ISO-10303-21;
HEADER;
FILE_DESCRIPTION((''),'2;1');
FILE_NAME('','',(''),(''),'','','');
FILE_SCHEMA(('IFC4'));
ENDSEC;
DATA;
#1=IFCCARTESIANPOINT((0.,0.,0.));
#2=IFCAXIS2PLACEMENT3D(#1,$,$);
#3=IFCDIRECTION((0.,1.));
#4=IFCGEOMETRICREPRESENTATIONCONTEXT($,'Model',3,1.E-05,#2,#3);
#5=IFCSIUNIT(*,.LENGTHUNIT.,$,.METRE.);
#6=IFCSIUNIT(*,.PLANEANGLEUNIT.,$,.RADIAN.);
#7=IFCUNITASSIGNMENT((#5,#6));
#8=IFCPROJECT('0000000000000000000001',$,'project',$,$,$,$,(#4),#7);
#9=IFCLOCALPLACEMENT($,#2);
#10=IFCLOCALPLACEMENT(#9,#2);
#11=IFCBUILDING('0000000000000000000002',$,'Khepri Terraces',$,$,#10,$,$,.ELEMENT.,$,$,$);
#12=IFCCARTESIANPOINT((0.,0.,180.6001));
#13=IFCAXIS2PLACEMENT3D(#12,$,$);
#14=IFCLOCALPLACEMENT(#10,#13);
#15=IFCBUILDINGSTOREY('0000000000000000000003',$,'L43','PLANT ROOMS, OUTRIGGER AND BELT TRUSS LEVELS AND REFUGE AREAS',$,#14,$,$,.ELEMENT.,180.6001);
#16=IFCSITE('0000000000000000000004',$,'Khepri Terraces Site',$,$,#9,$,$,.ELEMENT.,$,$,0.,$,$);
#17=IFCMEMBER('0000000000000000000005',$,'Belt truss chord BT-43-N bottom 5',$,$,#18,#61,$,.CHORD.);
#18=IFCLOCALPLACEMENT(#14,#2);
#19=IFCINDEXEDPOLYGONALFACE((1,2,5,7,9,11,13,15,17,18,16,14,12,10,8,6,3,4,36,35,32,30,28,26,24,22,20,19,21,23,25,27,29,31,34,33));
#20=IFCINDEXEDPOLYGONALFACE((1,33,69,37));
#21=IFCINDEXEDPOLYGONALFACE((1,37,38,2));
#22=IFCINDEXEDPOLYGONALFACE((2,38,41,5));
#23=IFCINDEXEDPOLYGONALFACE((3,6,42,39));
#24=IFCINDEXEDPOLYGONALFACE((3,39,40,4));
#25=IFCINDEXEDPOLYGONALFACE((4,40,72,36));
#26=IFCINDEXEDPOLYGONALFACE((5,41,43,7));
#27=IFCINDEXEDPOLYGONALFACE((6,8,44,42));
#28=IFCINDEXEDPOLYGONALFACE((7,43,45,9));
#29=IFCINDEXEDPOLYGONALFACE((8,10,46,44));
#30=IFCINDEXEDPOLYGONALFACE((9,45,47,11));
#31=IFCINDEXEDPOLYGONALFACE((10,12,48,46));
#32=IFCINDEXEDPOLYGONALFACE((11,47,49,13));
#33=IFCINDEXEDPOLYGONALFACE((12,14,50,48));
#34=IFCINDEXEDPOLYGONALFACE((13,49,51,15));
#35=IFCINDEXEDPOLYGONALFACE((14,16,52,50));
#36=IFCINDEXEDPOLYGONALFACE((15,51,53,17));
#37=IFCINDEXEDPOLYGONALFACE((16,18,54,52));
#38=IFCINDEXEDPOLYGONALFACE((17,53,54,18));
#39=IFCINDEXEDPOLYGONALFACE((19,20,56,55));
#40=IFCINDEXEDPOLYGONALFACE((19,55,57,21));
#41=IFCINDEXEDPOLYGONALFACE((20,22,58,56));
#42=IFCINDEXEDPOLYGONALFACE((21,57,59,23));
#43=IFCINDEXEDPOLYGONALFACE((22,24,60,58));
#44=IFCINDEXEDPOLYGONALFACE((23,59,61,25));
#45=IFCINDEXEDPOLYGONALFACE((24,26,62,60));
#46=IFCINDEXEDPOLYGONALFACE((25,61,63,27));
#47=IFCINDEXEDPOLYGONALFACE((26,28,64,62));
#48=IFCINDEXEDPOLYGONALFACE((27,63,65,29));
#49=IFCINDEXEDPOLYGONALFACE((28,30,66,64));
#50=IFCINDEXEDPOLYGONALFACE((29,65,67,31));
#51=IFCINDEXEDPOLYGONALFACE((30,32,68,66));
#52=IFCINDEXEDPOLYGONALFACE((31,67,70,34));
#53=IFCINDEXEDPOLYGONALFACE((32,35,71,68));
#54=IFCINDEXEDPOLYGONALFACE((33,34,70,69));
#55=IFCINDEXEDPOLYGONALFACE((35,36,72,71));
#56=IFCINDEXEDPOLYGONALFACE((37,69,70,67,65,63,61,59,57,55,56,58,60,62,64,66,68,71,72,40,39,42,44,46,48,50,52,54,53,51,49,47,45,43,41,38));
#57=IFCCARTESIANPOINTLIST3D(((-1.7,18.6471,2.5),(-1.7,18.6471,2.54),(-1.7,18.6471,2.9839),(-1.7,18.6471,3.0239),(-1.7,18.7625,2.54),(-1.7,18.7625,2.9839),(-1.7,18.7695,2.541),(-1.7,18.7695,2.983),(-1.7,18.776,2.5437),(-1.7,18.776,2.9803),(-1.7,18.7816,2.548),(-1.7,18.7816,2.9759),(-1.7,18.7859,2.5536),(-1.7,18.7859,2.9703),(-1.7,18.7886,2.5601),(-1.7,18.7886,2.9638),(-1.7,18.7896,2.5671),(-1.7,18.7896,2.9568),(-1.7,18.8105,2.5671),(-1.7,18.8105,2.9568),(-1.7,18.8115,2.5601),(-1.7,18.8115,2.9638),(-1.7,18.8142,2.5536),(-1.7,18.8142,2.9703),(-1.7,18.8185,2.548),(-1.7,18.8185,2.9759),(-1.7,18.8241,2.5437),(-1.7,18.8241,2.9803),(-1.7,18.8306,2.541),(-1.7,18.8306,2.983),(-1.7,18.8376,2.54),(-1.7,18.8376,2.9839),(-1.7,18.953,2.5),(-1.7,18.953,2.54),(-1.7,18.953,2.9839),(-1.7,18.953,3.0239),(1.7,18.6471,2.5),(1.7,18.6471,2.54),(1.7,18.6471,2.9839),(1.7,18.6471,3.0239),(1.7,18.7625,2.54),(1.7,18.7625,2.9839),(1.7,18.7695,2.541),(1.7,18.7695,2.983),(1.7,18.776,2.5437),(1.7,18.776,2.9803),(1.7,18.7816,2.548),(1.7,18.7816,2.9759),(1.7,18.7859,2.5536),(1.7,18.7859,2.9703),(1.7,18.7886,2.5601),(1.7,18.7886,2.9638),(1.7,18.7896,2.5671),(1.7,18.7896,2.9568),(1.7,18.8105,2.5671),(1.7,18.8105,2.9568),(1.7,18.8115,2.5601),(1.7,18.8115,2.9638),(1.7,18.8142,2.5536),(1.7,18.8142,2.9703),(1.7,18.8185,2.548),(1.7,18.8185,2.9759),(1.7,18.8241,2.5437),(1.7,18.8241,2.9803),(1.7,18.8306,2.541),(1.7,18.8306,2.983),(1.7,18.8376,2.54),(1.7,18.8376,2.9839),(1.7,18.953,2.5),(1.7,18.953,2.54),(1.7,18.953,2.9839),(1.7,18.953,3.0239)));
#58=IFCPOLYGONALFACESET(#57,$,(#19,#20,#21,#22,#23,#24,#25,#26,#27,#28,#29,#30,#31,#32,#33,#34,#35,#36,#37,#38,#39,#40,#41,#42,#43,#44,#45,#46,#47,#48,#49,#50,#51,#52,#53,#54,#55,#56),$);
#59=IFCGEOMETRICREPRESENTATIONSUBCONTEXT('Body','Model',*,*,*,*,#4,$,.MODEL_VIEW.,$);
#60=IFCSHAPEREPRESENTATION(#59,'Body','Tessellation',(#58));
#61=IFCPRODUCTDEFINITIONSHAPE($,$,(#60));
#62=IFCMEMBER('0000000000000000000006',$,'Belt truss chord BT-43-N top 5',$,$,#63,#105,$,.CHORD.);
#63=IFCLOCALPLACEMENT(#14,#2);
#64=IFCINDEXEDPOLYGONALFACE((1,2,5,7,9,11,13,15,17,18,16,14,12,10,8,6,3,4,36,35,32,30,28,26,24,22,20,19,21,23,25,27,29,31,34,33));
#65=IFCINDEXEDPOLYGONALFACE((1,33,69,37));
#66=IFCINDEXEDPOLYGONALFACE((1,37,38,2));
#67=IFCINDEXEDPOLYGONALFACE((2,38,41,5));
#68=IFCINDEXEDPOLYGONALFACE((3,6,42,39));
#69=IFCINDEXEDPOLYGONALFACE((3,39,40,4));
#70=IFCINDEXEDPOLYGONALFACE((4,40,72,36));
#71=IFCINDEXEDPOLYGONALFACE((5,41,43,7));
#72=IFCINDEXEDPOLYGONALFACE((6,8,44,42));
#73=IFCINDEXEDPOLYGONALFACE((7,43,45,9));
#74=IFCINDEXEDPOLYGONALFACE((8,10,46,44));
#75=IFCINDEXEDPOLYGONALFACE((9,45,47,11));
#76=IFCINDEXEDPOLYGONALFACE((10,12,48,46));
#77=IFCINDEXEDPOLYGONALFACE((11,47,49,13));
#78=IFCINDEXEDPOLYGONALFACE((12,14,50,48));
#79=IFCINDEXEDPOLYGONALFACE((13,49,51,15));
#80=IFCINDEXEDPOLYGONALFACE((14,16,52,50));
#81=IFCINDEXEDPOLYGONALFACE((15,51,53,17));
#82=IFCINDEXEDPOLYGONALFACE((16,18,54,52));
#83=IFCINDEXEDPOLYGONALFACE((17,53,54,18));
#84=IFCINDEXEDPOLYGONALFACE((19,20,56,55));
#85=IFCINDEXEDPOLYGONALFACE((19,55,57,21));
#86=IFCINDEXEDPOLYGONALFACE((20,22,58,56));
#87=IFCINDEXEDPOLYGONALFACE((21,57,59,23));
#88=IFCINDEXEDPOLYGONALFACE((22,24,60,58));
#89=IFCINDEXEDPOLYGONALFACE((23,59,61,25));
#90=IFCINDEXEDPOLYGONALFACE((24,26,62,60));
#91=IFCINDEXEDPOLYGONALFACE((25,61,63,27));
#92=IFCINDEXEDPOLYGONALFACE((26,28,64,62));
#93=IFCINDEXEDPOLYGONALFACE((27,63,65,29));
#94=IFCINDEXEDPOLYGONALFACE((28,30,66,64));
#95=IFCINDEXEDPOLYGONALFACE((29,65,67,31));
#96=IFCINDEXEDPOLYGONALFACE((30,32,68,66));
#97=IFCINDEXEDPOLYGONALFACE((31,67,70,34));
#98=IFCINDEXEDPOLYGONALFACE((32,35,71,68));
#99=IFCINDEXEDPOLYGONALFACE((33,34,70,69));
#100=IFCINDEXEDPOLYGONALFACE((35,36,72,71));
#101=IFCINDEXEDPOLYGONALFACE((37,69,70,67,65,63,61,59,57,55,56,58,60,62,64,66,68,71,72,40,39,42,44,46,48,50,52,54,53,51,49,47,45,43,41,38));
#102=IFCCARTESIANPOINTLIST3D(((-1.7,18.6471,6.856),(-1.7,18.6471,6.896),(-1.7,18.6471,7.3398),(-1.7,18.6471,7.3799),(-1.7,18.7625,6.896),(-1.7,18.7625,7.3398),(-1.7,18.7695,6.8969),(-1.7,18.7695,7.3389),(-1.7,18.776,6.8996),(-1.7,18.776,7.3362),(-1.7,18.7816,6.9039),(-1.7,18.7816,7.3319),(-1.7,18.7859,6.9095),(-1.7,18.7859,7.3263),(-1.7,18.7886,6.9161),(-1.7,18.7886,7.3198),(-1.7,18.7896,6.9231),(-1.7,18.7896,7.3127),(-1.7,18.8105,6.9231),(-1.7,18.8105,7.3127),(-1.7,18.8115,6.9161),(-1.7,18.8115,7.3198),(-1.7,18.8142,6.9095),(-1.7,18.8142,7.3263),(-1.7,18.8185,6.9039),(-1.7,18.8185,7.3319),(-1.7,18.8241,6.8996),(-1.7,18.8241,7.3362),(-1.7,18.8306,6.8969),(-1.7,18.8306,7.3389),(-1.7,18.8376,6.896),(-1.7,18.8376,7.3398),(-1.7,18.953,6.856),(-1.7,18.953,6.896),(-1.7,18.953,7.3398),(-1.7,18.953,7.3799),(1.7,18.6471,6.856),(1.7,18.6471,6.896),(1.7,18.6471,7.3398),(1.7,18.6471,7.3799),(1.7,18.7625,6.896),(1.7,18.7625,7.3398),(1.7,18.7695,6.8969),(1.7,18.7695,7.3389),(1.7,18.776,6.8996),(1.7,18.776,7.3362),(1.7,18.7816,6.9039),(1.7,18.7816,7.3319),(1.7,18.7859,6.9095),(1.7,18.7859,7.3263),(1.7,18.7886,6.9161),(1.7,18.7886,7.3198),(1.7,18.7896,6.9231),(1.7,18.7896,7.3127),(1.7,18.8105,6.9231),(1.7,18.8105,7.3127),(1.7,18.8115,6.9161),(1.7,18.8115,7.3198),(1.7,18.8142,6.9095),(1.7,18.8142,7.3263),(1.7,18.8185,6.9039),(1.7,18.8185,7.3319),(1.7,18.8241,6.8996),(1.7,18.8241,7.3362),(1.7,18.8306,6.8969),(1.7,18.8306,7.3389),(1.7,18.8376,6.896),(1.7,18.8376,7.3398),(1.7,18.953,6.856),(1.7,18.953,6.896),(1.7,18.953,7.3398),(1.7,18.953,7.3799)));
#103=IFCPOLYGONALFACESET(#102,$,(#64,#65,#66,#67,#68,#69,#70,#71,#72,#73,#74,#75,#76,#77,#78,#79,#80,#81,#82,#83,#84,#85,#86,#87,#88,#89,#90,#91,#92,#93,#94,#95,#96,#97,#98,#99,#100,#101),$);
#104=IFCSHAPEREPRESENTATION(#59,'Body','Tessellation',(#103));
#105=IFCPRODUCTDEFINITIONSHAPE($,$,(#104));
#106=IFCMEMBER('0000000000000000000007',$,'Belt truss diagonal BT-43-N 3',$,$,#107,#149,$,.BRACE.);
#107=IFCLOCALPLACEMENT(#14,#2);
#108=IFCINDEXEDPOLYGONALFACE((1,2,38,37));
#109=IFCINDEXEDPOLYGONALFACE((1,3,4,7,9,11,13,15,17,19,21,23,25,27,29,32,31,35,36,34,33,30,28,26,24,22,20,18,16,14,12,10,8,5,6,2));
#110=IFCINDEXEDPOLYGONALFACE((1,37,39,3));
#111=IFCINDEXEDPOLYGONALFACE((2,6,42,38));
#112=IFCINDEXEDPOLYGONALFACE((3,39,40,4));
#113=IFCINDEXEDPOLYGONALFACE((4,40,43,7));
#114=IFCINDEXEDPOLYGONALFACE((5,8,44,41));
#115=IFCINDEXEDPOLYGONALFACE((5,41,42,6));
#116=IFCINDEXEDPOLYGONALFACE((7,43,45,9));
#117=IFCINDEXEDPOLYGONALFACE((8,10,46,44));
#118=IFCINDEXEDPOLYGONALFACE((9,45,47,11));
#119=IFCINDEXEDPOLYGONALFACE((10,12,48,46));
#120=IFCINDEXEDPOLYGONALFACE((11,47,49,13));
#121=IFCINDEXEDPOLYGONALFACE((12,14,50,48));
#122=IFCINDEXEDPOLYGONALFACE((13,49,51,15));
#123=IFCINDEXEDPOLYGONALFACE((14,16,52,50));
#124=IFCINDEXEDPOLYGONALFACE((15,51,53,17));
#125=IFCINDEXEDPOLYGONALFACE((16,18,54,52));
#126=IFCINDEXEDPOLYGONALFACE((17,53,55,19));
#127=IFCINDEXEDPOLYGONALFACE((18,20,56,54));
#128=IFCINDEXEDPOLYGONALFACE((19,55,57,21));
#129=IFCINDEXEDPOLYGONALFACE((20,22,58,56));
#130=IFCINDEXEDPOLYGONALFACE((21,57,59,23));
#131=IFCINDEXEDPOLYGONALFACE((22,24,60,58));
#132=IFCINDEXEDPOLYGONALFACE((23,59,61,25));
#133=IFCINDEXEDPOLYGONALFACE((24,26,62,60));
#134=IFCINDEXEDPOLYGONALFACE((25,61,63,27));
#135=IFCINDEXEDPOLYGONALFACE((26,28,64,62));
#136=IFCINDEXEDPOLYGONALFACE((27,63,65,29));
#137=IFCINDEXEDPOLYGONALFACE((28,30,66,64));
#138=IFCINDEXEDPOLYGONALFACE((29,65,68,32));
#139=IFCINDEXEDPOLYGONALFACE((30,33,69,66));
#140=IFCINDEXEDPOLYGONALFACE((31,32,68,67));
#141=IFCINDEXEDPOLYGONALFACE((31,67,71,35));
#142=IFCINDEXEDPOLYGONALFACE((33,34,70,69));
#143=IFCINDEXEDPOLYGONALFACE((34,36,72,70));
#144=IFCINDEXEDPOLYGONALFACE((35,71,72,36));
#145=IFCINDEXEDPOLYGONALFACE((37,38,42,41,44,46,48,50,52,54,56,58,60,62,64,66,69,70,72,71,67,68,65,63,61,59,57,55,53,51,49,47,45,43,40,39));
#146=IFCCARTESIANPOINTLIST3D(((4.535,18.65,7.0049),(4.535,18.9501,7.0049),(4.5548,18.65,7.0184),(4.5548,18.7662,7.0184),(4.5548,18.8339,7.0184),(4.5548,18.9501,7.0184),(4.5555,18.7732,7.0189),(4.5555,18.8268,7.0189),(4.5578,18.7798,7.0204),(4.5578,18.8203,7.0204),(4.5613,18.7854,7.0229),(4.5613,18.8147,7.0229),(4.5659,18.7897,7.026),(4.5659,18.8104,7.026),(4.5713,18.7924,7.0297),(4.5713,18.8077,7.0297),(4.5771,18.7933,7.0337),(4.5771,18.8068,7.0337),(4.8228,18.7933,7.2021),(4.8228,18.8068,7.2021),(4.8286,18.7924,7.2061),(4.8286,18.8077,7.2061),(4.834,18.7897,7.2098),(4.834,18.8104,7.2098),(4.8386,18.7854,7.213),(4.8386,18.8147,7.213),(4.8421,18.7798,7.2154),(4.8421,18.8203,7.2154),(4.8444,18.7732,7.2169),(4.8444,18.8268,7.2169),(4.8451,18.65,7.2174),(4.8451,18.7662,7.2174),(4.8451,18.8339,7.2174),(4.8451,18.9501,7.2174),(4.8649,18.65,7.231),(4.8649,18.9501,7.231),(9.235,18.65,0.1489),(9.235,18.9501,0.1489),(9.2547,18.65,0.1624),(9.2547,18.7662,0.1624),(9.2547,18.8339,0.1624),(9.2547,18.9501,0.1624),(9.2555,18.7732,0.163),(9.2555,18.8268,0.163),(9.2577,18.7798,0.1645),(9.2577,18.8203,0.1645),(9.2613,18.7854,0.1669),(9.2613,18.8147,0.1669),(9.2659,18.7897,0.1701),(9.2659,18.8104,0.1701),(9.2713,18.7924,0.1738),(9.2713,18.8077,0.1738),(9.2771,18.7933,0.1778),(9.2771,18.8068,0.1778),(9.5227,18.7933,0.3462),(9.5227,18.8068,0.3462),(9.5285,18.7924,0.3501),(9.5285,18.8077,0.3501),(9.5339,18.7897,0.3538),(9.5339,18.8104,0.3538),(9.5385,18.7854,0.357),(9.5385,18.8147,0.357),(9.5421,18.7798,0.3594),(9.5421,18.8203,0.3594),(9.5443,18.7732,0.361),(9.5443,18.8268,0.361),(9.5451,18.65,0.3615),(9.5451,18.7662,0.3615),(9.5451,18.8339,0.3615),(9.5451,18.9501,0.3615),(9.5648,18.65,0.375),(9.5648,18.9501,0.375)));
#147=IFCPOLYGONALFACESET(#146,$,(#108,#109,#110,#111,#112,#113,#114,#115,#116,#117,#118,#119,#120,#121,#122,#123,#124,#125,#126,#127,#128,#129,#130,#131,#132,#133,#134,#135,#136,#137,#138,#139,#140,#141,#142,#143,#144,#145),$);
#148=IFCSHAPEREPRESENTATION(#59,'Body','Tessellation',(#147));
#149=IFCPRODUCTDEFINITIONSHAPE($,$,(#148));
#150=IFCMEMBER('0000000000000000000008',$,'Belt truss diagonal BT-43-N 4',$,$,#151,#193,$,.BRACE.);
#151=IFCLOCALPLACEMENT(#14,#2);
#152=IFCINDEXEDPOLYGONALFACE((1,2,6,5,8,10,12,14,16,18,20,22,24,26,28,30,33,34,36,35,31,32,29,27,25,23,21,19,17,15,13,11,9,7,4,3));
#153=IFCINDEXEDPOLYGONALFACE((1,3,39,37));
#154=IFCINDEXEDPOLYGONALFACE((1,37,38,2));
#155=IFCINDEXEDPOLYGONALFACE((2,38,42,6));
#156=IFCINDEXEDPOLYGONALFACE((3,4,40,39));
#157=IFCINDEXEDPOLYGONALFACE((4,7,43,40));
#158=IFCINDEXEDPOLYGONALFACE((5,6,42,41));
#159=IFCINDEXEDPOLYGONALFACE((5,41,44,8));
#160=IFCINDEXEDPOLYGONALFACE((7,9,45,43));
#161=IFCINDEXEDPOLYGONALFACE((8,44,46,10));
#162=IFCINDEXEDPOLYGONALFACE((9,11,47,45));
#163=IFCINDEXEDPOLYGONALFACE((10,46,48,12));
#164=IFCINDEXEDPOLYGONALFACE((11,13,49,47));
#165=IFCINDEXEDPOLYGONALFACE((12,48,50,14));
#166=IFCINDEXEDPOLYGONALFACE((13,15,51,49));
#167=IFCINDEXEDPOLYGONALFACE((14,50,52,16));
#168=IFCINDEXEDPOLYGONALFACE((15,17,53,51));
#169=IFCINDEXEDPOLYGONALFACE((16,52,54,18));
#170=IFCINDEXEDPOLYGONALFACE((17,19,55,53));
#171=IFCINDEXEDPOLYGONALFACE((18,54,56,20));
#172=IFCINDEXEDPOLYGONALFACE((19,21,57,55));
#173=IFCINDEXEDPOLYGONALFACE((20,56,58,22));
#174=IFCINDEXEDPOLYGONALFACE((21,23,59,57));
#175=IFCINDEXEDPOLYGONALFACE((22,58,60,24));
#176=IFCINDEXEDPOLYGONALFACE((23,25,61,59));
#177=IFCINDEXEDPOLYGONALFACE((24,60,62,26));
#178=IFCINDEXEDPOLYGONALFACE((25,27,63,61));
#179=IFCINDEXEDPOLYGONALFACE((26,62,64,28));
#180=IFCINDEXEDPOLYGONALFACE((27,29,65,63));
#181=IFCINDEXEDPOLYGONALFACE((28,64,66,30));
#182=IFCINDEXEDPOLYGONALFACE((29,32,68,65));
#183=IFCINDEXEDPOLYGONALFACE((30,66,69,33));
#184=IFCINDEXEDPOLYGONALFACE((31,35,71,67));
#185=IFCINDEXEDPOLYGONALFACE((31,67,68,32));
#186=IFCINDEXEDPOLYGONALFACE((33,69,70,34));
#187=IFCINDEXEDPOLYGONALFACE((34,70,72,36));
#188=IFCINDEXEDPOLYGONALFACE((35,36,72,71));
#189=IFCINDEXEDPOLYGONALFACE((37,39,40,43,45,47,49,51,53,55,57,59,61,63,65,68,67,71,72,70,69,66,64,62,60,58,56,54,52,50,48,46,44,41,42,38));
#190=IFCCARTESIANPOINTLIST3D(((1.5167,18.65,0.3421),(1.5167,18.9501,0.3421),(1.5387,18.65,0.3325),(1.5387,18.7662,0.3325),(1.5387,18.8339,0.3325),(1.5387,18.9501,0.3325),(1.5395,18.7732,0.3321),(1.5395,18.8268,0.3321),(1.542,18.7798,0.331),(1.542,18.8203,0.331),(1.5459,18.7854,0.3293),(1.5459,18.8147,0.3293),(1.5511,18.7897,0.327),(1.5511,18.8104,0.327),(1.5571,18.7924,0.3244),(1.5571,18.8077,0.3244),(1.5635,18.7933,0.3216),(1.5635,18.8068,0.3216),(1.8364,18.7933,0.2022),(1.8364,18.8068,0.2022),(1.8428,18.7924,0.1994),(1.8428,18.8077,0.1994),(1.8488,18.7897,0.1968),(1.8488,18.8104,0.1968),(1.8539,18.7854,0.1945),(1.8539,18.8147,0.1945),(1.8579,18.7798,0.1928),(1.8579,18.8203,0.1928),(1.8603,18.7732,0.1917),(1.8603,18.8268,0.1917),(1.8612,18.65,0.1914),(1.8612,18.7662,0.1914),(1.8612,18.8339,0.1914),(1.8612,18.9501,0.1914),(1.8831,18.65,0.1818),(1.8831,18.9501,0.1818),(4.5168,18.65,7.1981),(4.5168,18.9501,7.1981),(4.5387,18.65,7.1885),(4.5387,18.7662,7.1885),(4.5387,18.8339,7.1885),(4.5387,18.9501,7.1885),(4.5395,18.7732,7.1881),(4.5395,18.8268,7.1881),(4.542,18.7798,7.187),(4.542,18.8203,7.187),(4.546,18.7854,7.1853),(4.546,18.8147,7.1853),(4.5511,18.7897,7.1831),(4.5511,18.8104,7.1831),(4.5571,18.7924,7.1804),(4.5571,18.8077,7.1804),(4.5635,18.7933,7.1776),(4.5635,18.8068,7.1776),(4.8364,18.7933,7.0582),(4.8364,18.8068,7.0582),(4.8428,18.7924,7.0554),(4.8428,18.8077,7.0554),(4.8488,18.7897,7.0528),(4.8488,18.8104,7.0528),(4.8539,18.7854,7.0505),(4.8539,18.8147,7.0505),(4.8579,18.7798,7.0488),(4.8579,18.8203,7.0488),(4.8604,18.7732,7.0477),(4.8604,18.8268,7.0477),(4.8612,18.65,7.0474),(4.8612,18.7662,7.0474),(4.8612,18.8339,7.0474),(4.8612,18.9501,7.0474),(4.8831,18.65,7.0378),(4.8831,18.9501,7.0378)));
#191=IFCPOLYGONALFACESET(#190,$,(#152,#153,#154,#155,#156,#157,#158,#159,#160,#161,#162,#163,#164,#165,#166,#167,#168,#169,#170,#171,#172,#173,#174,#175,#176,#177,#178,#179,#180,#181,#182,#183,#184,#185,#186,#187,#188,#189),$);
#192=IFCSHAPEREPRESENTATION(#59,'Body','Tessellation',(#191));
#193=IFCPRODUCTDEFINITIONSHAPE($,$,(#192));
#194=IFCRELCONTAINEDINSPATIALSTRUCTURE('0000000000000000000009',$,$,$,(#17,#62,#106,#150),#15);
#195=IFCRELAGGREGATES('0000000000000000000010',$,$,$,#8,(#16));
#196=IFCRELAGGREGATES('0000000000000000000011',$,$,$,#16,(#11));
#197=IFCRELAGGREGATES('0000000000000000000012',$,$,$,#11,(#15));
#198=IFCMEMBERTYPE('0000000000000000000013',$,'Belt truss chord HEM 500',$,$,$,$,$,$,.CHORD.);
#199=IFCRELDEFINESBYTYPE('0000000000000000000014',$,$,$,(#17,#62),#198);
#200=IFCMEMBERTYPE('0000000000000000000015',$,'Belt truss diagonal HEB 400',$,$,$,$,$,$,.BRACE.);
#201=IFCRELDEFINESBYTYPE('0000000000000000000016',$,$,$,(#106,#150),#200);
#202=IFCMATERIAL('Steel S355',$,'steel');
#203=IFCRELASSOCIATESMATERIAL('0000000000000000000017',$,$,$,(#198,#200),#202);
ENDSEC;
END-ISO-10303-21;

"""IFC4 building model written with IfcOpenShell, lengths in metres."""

from ifc_helpers import new_model, si_unit, direction, frame, origin, origin_2d, place, context, subcontext, project, spatial, i_section, extrude, material, material_profile, profile_set, type_object, element, save


model = new_model("IFC4")

# Units and contexts
model_context = context("Model", 3, precision=1e-05, world=origin(), true_north=direction((0.0, 1.0)))
body_context = subcontext(model_context, "Body", "Model", "MODEL_VIEW")
ifc_project = project(units=[si_unit("LENGTHUNIT", "METRE"), si_unit("PLANEANGLEUNIT", "RADIAN")], contexts=[model_context])

# Site, building, storey
site_placement = place(None, origin())
site = spatial("IfcSite", under=ifc_project, at=site_placement, Name="Khepri Terraces Site", CompositionType="ELEMENT", RefElevation=0.0)
building_placement = place(site_placement, origin())
building = spatial("IfcBuilding", under=site, at=building_placement, Name="Khepri Terraces", CompositionType="ELEMENT")
storey_placement = place(building_placement, frame((0.0, 0.0, 180.6001)))
storey = spatial("IfcBuildingStorey", under=building, at=storey_placement, Name="L43", Description="PLANT ROOMS, OUTRIGGER AND BELT TRUSS LEVELS AND REFUGE AREAS", CompositionType="ELEMENT", Elevation=180.6001)

# Members
ifc_material_1 = material(Name="Steel S355", Category="steel")
ifc_material_profile_1 = material_profile(ifc_material_1, i_section(OverallWidth=0.3059, OverallDepth=0.5239, WebThickness=0.021, FlangeThickness=0.04, FilletRadius=0.0271, at=origin_2d()), Name="Steel S355", Category="steel")
ifc_profile_set_1 = profile_set([ifc_material_profile_1], Name="Steel S355")
member_type_1 = type_object("IfcMemberType", Name="Belt truss chord HEM 500", PredefinedType="CHORD", material=ifc_profile_set_1)
for number, where, z_axis, x_axis, name in (
    (1, (1.7, 18.8, 2.762), (-1.0, 0.0, 0.0), (0.0, -1.0, 0.0), "Belt truss chord BT-43-N bottom 5"),
    (2, (1.7, 18.8, 7.1179), (-1.0, 0.0, 0.0), (0.0, -1.0, 0.0), "Belt truss chord BT-43-N top 5"),
):
    element("IfcMember", number, at=place(storey_placement, frame(where, z_axis=z_axis, x_axis=x_axis)), inside=storey, type_object=member_type_1, Name=name, PredefinedType="CHORD", context=body_context, shape_type="SweptSolid", body=[
        extrude(i_section(OverallWidth=0.3059, OverallDepth=0.5239, WebThickness=0.021, FlangeThickness=0.04, FilletRadius=0.0271, at=origin_2d()), origin(), (0.0, 0.0, 1.0), 3.3999),
    ])
ifc_material_profile_2 = material_profile(ifc_material_1, i_section(OverallWidth=0.3, OverallDepth=0.3999, WebThickness=0.0134, FlangeThickness=0.0239, FilletRadius=0.0271, at=origin_2d()), Name="Steel S355", Category="steel")
ifc_profile_set_2 = profile_set([ifc_material_profile_2], Name="Steel S355")
member_type_2 = type_object("IfcMemberType", Name="Belt truss diagonal HEB 400", PredefinedType="BRACE", material=ifc_profile_set_2)
member_1_placement = place(storey_placement, frame((9.3999, 18.8, 0.262), z_axis=(-0.565424, 0.0, 0.8248), x_axis=(0.0, -1.0, 0.0)))
element("IfcMember", 3, at=member_1_placement, inside=storey, type_object=member_type_2, Name="Belt truss diagonal BT-43-N 3", PredefinedType="BRACE", context=body_context, shape_type="SweptSolid", body=[
    extrude(i_section(OverallWidth=0.3, OverallDepth=0.3999, WebThickness=0.0134, FlangeThickness=0.0239, FilletRadius=0.0271, at=origin_2d()), origin(), (0.0, 0.0, 1.0), 8.3123),
])
member_2_placement = place(storey_placement, frame((4.7, 18.8, 7.1179), z_axis=(-0.400877, 0.0, -0.916132), x_axis=(0.0, -1.0, 0.0)))
element("IfcMember", 4, at=member_2_placement, inside=storey, type_object=member_type_2, Name="Belt truss diagonal BT-43-N 4", PredefinedType="BRACE", context=body_context, shape_type="SweptSolid", body=[
    extrude(i_section(OverallWidth=0.3, OverallDepth=0.3999, WebThickness=0.0134, FlangeThickness=0.0239, FilletRadius=0.0271, at=origin_2d()), origin(), (0.0, 0.0, 1.0), 7.4836),
])

save(model, "model.ifc")
